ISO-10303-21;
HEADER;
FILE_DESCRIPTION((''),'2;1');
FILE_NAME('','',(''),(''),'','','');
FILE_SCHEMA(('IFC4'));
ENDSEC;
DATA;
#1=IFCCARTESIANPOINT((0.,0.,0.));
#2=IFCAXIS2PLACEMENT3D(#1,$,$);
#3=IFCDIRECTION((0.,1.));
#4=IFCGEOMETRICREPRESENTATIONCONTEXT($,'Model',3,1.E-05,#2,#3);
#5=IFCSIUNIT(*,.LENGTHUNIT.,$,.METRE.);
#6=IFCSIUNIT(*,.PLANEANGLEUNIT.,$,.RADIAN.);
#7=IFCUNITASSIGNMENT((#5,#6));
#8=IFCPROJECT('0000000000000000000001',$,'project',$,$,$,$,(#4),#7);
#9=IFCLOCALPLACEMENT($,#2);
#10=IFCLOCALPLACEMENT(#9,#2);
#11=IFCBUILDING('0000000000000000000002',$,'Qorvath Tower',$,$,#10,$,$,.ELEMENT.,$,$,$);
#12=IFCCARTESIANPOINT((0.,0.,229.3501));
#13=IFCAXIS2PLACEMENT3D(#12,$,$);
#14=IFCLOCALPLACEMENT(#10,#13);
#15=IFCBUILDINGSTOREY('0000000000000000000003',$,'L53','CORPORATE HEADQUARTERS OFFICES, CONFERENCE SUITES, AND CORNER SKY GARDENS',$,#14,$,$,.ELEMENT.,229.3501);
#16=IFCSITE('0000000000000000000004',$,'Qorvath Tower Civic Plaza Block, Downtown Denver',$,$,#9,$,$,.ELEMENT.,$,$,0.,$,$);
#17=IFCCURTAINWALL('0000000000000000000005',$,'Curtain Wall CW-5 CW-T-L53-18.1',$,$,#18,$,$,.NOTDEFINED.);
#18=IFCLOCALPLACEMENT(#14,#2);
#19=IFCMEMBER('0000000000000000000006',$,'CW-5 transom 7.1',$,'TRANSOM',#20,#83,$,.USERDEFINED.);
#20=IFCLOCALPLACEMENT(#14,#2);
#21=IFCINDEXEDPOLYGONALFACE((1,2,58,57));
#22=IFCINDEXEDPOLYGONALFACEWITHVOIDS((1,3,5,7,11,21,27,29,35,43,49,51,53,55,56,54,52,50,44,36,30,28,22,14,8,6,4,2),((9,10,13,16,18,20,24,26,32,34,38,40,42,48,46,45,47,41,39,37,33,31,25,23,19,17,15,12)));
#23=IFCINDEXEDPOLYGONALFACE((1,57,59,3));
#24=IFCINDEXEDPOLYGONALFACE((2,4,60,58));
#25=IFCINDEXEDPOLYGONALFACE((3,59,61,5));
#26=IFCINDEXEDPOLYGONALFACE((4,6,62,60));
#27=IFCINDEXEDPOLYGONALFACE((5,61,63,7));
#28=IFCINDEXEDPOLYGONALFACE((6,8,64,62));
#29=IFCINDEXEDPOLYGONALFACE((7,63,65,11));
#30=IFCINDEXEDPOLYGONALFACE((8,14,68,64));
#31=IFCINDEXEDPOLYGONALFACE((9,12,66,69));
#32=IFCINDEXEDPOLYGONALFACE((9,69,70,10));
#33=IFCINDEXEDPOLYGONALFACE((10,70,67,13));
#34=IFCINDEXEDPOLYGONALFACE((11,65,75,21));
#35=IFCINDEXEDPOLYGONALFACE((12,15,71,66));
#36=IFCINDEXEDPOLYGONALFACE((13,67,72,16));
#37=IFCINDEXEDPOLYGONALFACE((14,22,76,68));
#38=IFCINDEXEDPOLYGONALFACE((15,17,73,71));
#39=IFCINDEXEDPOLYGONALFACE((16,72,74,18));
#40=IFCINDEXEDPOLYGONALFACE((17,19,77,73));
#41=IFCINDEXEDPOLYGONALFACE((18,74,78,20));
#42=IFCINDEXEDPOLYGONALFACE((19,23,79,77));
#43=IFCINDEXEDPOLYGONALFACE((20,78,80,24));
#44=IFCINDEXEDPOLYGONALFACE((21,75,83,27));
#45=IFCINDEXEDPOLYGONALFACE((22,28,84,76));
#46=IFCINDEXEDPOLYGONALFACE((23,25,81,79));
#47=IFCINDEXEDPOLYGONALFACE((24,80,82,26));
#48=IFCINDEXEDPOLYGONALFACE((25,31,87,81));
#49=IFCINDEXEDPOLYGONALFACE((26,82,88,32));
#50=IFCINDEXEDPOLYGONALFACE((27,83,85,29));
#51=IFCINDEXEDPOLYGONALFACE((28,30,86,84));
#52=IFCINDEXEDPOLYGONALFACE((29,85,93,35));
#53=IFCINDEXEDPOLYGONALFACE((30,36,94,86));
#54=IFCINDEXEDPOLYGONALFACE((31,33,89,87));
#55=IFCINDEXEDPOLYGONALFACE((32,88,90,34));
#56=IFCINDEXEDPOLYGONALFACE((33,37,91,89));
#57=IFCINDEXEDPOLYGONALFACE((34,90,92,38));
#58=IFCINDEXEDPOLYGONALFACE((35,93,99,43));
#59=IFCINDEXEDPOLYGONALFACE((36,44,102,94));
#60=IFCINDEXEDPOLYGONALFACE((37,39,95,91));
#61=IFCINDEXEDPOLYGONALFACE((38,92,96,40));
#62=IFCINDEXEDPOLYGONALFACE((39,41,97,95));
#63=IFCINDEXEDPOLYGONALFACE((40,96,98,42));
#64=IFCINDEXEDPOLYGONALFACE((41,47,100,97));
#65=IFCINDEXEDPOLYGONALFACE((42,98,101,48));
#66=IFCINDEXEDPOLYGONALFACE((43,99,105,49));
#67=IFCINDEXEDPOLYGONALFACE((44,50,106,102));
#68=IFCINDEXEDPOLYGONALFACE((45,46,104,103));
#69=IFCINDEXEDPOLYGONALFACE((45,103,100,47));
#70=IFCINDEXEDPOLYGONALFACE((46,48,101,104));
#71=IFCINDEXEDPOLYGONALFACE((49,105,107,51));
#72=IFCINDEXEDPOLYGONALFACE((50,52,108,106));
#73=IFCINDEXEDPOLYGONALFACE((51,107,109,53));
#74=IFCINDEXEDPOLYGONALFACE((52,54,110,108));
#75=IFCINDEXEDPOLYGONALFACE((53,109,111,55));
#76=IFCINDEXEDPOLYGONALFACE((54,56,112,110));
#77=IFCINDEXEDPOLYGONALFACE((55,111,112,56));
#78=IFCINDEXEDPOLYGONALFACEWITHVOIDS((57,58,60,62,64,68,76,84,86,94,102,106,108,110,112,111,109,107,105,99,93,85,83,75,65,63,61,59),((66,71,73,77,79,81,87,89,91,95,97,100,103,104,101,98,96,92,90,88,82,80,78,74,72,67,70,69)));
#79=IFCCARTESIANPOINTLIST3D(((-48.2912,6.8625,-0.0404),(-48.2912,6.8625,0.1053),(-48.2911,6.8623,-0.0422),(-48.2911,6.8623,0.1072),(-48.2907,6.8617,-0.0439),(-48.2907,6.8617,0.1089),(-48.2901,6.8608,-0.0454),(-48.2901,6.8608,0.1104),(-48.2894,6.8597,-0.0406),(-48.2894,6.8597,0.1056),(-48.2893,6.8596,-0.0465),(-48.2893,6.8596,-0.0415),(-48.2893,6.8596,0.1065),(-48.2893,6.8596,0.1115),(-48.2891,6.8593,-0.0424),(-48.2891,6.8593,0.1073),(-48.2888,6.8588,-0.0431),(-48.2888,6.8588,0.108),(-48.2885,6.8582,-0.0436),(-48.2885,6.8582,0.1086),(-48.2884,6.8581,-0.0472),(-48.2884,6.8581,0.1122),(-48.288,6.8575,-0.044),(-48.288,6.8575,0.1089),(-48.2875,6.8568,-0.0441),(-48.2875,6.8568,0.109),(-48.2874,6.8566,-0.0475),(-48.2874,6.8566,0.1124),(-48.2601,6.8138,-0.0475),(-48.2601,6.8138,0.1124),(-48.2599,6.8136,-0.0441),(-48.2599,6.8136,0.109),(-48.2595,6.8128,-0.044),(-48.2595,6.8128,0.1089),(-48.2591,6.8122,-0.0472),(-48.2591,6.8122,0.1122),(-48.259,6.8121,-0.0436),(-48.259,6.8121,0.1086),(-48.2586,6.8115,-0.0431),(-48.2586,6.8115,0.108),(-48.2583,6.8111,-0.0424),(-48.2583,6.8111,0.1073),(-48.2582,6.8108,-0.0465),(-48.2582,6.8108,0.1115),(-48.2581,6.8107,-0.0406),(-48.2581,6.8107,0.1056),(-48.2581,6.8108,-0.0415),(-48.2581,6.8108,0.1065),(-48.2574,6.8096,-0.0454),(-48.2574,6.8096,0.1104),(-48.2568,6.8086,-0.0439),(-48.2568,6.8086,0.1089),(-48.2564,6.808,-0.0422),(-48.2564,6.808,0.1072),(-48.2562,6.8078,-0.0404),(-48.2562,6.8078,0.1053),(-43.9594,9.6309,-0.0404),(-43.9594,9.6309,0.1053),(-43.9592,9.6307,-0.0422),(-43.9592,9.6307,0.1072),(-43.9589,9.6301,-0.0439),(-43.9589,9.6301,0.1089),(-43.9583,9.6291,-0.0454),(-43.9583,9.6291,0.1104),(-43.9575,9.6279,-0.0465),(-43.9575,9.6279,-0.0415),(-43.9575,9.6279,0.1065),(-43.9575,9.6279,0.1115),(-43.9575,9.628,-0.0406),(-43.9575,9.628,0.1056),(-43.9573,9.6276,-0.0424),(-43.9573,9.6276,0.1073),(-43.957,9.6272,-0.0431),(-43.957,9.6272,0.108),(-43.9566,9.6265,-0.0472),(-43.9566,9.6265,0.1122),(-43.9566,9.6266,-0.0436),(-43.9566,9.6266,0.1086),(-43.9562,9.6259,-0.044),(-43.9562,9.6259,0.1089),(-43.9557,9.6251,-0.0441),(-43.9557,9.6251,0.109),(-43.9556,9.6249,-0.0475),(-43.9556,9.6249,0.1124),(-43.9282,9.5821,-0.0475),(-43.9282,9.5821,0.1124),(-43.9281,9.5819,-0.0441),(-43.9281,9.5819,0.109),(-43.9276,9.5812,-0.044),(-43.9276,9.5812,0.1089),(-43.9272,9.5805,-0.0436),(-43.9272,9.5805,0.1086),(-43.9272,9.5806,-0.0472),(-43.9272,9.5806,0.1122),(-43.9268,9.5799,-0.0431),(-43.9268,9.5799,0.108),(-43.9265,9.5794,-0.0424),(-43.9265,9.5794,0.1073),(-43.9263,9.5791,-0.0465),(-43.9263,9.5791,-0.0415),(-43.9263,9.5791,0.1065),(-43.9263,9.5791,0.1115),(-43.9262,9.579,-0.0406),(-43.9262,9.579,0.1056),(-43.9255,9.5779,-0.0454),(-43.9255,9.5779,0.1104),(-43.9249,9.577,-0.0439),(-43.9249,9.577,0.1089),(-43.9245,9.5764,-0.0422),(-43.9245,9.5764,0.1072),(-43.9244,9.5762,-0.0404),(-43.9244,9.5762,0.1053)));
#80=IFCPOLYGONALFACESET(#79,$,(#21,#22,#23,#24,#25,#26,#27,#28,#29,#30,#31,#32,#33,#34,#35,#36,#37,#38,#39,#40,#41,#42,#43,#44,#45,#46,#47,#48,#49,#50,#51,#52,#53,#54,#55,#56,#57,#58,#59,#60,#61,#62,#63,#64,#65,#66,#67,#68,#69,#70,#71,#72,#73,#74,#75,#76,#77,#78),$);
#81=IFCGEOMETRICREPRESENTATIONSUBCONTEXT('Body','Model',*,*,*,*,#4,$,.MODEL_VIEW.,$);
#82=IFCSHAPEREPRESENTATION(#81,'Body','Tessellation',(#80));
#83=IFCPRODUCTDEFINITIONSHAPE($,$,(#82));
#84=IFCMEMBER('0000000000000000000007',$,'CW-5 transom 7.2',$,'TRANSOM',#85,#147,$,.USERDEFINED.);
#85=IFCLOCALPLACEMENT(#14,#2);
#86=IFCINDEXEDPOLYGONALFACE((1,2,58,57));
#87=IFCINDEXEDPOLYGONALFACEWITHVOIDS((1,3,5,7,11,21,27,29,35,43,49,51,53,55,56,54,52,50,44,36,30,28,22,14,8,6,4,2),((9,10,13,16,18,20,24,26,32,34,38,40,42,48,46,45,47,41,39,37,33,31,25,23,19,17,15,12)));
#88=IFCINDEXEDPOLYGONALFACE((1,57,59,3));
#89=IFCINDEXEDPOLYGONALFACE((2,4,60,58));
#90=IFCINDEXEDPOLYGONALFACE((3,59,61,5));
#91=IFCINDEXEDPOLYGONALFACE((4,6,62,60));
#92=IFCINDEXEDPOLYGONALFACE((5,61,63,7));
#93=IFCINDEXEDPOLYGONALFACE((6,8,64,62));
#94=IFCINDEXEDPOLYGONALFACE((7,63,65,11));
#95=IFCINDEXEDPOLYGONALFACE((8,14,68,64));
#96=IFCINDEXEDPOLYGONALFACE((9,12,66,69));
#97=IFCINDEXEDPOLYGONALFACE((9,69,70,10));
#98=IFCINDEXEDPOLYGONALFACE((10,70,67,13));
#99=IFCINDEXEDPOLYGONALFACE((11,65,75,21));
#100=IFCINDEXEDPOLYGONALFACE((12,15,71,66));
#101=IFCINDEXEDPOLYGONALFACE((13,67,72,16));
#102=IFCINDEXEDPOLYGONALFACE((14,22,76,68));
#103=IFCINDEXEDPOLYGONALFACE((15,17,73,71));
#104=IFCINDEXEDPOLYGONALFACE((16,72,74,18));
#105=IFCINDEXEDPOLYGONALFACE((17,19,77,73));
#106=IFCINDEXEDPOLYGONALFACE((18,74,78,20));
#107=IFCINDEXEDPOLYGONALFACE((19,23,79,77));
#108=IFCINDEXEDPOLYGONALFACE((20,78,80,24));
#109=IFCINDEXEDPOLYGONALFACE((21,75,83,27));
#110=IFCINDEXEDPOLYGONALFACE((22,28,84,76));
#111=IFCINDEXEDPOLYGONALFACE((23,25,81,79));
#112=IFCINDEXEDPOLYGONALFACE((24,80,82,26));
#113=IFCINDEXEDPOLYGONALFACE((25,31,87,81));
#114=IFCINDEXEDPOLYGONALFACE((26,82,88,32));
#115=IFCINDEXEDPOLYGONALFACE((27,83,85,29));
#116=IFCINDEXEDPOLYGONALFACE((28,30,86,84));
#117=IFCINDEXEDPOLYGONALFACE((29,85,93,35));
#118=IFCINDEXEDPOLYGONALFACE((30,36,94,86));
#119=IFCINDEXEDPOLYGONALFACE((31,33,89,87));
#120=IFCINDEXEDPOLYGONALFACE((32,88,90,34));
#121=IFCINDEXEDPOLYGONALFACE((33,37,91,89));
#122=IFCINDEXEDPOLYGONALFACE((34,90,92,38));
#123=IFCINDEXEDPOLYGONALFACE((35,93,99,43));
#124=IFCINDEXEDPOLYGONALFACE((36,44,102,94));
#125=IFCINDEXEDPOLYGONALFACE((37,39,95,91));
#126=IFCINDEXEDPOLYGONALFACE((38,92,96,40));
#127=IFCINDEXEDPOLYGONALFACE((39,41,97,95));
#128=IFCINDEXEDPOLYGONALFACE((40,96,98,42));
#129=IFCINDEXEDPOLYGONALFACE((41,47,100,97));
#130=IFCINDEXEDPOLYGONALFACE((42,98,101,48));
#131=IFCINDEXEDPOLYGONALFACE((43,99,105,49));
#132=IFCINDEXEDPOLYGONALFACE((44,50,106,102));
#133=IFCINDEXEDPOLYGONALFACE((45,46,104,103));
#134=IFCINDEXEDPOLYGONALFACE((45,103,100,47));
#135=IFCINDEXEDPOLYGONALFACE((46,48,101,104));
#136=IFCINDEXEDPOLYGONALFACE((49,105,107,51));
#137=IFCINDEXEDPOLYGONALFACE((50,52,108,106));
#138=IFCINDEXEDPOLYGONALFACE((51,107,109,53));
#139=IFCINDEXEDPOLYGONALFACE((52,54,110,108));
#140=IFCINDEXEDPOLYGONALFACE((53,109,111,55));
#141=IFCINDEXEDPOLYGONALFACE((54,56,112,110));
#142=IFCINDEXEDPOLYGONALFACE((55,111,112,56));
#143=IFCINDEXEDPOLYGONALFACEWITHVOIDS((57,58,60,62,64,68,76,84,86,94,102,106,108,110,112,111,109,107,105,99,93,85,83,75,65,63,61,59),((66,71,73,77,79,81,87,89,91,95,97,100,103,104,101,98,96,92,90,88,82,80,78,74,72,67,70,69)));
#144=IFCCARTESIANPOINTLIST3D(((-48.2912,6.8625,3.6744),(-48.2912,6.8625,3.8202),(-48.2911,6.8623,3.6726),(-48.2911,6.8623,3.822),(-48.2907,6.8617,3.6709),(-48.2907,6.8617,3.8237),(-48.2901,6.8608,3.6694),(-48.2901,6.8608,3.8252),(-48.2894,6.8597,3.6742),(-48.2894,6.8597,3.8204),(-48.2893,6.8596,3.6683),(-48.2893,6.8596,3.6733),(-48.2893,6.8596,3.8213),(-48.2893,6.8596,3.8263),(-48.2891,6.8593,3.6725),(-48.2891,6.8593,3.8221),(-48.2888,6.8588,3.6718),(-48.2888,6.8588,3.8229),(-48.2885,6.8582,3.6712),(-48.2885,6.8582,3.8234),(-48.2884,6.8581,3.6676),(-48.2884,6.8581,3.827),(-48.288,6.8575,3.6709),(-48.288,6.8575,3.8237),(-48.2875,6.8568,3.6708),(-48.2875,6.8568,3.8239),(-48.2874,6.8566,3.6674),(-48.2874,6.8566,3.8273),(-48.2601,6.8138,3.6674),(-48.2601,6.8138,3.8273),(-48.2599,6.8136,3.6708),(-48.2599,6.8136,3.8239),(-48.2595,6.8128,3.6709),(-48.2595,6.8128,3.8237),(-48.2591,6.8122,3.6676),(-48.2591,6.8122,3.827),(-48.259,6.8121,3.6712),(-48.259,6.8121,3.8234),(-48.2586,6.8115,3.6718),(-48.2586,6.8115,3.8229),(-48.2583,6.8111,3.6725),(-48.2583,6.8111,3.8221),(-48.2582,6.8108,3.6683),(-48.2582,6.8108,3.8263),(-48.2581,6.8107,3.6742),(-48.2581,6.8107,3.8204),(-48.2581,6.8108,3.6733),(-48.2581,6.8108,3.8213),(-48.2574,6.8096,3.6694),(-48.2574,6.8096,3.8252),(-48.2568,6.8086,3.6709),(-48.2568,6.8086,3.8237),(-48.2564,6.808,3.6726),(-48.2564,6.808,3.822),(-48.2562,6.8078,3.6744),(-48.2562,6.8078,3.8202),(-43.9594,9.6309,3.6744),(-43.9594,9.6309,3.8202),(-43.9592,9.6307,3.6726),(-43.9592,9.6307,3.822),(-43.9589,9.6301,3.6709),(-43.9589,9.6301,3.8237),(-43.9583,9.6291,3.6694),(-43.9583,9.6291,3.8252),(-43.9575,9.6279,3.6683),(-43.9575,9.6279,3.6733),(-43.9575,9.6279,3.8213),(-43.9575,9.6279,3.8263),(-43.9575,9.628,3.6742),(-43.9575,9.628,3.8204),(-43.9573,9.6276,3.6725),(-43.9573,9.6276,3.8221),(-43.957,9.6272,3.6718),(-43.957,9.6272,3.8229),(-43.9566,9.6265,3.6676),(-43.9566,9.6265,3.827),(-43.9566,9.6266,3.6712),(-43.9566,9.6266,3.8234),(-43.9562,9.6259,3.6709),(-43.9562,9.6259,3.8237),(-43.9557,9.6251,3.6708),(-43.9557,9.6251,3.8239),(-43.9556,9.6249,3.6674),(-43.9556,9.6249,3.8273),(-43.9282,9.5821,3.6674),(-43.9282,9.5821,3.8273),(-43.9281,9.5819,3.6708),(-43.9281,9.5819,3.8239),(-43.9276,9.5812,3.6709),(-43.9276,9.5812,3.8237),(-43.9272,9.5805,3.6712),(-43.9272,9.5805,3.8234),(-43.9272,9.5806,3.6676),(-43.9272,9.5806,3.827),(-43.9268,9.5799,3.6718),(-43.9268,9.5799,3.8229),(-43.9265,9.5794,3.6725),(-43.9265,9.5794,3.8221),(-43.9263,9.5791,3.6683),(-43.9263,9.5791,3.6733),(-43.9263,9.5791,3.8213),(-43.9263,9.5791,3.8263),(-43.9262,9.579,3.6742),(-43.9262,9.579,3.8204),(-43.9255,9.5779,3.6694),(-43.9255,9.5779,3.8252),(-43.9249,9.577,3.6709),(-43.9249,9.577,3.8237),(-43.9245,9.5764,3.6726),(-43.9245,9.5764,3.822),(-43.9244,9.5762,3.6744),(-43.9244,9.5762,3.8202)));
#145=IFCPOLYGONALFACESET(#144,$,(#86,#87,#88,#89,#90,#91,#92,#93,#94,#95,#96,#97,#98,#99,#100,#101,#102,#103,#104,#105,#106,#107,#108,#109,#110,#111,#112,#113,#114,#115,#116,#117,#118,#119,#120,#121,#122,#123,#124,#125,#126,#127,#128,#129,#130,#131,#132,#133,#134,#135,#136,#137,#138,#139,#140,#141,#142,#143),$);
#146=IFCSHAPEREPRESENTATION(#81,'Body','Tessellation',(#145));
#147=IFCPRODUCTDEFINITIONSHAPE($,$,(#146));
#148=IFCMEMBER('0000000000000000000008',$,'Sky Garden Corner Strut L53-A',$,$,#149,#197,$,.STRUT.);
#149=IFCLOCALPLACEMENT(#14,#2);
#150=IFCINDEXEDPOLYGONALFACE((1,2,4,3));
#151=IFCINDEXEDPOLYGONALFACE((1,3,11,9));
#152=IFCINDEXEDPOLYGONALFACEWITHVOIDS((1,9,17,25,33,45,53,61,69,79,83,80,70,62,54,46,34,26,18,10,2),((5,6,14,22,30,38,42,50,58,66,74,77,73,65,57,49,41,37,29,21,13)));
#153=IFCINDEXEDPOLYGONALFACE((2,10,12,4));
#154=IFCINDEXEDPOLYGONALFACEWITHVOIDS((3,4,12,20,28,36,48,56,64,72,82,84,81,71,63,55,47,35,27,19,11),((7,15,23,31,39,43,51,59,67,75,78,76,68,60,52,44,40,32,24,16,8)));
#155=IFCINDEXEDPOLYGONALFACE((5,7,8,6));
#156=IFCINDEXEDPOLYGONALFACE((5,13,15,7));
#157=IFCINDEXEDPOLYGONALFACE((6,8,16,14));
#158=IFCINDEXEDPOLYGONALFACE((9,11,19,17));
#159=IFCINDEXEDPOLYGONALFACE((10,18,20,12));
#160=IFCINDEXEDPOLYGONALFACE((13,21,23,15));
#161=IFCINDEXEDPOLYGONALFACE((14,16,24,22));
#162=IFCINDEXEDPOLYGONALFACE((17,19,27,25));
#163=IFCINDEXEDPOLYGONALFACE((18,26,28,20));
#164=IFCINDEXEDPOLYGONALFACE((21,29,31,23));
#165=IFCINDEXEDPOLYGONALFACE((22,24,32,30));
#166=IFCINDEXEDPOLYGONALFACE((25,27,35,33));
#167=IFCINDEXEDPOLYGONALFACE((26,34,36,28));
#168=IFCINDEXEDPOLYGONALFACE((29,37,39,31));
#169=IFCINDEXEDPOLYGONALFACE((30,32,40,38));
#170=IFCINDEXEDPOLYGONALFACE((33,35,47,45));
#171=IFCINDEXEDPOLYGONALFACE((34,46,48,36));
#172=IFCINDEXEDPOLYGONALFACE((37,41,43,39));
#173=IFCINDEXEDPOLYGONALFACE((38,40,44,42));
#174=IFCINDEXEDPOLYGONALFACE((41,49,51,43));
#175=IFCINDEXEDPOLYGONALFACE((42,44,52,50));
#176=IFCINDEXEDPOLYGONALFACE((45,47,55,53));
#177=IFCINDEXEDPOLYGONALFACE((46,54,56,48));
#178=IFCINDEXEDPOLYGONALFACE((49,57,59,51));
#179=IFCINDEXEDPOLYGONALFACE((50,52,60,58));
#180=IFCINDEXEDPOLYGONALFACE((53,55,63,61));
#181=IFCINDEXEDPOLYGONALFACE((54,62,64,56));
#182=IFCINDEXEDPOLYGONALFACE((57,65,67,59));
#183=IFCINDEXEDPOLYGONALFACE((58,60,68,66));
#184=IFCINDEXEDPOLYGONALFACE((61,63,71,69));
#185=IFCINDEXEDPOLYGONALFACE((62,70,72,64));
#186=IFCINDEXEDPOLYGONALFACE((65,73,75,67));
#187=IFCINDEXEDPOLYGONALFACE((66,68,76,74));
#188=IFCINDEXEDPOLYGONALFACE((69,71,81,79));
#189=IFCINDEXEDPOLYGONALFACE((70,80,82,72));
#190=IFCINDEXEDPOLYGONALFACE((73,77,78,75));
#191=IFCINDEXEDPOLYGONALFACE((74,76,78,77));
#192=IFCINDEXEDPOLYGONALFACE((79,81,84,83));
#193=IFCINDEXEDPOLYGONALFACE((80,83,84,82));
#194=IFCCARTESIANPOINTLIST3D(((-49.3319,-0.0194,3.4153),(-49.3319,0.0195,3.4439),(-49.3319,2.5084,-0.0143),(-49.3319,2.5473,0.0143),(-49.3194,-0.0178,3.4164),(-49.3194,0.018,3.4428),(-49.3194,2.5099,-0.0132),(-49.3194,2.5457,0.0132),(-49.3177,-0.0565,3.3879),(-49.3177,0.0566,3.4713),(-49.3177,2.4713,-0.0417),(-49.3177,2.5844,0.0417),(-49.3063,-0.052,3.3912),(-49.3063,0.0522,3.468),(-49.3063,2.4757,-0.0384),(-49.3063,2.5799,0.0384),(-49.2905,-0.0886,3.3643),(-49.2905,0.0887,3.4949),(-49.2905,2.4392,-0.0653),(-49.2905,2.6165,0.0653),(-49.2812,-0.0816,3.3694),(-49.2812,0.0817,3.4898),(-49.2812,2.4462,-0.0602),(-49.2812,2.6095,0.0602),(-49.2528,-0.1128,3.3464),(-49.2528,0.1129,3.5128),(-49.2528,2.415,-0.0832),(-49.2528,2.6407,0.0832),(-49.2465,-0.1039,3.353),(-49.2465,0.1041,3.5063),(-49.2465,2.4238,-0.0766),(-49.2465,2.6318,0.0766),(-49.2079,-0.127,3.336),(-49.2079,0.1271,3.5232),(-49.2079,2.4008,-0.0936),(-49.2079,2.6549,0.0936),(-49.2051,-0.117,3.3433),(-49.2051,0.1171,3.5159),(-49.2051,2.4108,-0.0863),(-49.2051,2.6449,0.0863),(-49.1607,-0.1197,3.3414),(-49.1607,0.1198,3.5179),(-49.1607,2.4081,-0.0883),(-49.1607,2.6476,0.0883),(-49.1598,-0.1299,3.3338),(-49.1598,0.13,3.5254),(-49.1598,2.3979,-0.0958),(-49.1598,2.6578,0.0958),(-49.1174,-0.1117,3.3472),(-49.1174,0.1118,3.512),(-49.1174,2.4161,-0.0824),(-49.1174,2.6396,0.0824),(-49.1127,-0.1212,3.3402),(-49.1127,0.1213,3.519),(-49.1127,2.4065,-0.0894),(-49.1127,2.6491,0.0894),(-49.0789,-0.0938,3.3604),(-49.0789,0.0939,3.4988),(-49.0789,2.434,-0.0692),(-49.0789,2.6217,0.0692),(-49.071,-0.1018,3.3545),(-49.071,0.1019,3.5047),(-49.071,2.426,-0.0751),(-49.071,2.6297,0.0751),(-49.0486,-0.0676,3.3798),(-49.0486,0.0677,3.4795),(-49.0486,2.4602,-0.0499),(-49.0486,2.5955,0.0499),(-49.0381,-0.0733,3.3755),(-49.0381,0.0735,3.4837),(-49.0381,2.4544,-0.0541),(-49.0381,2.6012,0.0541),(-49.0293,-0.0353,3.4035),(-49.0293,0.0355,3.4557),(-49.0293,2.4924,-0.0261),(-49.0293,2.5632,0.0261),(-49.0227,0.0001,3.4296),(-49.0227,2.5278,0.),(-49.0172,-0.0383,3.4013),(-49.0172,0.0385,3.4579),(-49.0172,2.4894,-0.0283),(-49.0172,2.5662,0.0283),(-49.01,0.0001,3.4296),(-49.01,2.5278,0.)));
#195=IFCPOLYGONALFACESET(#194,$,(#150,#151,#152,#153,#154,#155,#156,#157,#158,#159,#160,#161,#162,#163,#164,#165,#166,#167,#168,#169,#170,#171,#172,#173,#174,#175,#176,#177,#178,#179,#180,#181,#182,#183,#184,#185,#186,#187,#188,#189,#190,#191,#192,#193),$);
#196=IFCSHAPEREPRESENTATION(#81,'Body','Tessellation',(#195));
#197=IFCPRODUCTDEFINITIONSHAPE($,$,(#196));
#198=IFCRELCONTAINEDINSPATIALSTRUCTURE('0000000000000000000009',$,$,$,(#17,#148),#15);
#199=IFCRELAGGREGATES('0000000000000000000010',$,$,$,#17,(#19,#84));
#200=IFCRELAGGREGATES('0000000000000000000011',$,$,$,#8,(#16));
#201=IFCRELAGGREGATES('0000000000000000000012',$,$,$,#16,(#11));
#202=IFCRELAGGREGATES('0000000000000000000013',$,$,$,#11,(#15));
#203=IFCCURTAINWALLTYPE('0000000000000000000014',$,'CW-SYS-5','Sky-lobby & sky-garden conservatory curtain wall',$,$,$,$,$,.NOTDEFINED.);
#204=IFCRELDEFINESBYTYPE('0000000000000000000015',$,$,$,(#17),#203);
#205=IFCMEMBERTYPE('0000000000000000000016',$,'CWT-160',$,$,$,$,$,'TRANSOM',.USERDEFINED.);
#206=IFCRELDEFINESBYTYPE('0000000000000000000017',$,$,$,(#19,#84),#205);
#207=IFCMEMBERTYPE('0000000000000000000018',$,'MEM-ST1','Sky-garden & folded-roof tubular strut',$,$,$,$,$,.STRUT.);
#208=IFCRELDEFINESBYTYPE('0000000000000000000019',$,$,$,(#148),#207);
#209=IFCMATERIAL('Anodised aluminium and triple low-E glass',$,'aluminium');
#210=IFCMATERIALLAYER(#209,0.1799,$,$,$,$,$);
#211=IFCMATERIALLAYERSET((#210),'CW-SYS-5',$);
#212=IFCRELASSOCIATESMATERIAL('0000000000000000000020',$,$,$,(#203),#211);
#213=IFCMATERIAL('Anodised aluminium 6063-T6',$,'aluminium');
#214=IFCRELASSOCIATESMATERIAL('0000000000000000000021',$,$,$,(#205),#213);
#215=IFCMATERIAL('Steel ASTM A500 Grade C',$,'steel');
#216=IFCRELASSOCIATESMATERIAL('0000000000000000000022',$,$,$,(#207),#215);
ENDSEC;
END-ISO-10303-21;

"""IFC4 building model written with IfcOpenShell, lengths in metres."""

from ifc_helpers import new_model, si_unit, direction, frame, origin, origin_2d, place, context, subcontext, project, spatial, hollow_rectangle, hollow_circle, extrude, material, layer, layer_set, material_profile, profile_set, type_object, element, aggregate, save


model = new_model("IFC4")

# Units and contexts
model_context = context("Model", 3, precision=1e-05, world=origin(), true_north=direction((0.0, 1.0)))
body_context = subcontext(model_context, "Body", "Model", "MODEL_VIEW")
ifc_project = project(units=[si_unit("LENGTHUNIT", "METRE"), si_unit("PLANEANGLEUNIT", "RADIAN")], contexts=[model_context])

# Site, building, storey
site_placement = place(None, origin())
site = spatial("IfcSite", under=ifc_project, at=site_placement, Name="Qorvath Tower Civic Plaza Block, Downtown Denver", CompositionType="ELEMENT", RefElevation=0.0)
building_placement = place(site_placement, origin())
building = spatial("IfcBuilding", under=site, at=building_placement, Name="Qorvath Tower", CompositionType="ELEMENT")
storey_placement = place(building_placement, frame((0.0, 0.0, 229.3501)))
storey = spatial("IfcBuildingStorey", under=building, at=storey_placement, Name="L53", Description="CORPORATE HEADQUARTERS OFFICES, CONFERENCE SUITES, AND CORNER SKY GARDENS", CompositionType="ELEMENT", Elevation=229.3501)

# Shared definitions
ifc_material_1 = material(Name="Anodised aluminium and triple low-E glass", Category="aluminium")
ifc_layer_1 = layer(ifc_material_1, 0.1799)
ifc_layer_set_1 = layer_set([ifc_layer_1], Name="CW-SYS-5")
curtain_wall_type = type_object("IfcCurtainWallType", Name="CW-SYS-5", Description="Sky-lobby & sky-garden conservatory curtain wall", PredefinedType="NOTDEFINED", material=ifc_layer_set_1)

# Curtain wall
curtain_wall_1_placement = place(storey_placement, origin())
curtain_wall_1 = element("IfcCurtainWall", 1, at=curtain_wall_1_placement, inside=storey, type_object=curtain_wall_type, Name="Curtain Wall CW-5 CW-T-L53-18.1", PredefinedType="NOTDEFINED")

# Members
ifc_material_2 = material(Name="Anodised aluminium 6063-T6", Category="aluminium")
ifc_material_profile_1 = material_profile(ifc_material_2, hollow_rectangle(XDim=0.0649, YDim=0.1599, WallThickness=0.0034, InnerFilletRadius=0.0034, OuterFilletRadius=0.0071, at=origin_2d()), Name="CWT 160x65")
ifc_profile_set_1 = profile_set([ifc_material_profile_1], Name="Anodised aluminium 6063-T6")
member_type_1 = type_object("IfcMemberType", Name="CWT-160", ElementType="TRANSOM", PredefinedType="USERDEFINED", material=ifc_profile_set_1)
member_1_placement = place(storey_placement, frame((-43.9419, 9.6035, 0.0325), z_axis=(-0.842627, -0.538497, 0.0), x_axis=(0.538497, -0.842627, 0.0)))
member_1 = element("IfcMember", 2, at=member_1_placement, type_object=member_type_1, Name="CW-5 transom 7.1", ObjectType="TRANSOM", PredefinedType="USERDEFINED", context=body_context, shape_type="SweptSolid", body=[
    extrude(hollow_rectangle(XDim=0.0649, YDim=0.1599, WallThickness=0.0034, InnerFilletRadius=0.0034, OuterFilletRadius=0.0071, at=origin_2d()), origin(), (0.0, 0.0, 1.0), 5.1409),
])
member_2_placement = place(storey_placement, frame((-43.9419, 9.6035, 3.7473), z_axis=(-0.842627, -0.538497, 0.0), x_axis=(0.538497, -0.842627, 0.0)))
member_2 = element("IfcMember", 3, at=member_2_placement, type_object=member_type_1, Name="CW-5 transom 7.2", ObjectType="TRANSOM", PredefinedType="USERDEFINED", context=body_context, shape_type="SweptSolid", body=[
    extrude(hollow_rectangle(XDim=0.0649, YDim=0.1599, WallThickness=0.0034, InnerFilletRadius=0.0034, OuterFilletRadius=0.0071, at=origin_2d()), origin(), (0.0, 0.0, 1.0), 5.1409),
])
ifc_material_3 = material(Name="Steel ASTM A500 Grade C", Category="steel")
ifc_material_profile_2 = material_profile(ifc_material_3, hollow_circle(Radius=0.1619, WallThickness=0.0127, at=origin_2d()), Name="CHS 324x12.7")
ifc_profile_set_2 = profile_set([ifc_material_profile_2], Name="Steel ASTM A500 Grade C")
member_type_2 = type_object("IfcMemberType", Name="MEM-ST1", Description="Sky-garden & folded-roof tubular strut", PredefinedType="STRUT", material=ifc_profile_set_2)
member_3_placement = place(storey_placement, frame((-49.1719, 2.5278, 0.0), z_axis=(0.0, -0.593305, 0.804978), x_axis=(1.0, 0.0, 0.0)))
element("IfcMember", 4, at=member_3_placement, inside=storey, type_object=member_type_2, Name="Sky Garden Corner Strut L53-A", PredefinedType="STRUT", context=body_context, shape_type="SweptSolid", body=[
    extrude(hollow_circle(Radius=0.1619, WallThickness=0.0127, at=origin_2d()), origin(), (0.0, 0.0, 1.0), 4.2605),
])

aggregate(curtain_wall_1, [member_1, member_2])

save(model, "model.ifc")
